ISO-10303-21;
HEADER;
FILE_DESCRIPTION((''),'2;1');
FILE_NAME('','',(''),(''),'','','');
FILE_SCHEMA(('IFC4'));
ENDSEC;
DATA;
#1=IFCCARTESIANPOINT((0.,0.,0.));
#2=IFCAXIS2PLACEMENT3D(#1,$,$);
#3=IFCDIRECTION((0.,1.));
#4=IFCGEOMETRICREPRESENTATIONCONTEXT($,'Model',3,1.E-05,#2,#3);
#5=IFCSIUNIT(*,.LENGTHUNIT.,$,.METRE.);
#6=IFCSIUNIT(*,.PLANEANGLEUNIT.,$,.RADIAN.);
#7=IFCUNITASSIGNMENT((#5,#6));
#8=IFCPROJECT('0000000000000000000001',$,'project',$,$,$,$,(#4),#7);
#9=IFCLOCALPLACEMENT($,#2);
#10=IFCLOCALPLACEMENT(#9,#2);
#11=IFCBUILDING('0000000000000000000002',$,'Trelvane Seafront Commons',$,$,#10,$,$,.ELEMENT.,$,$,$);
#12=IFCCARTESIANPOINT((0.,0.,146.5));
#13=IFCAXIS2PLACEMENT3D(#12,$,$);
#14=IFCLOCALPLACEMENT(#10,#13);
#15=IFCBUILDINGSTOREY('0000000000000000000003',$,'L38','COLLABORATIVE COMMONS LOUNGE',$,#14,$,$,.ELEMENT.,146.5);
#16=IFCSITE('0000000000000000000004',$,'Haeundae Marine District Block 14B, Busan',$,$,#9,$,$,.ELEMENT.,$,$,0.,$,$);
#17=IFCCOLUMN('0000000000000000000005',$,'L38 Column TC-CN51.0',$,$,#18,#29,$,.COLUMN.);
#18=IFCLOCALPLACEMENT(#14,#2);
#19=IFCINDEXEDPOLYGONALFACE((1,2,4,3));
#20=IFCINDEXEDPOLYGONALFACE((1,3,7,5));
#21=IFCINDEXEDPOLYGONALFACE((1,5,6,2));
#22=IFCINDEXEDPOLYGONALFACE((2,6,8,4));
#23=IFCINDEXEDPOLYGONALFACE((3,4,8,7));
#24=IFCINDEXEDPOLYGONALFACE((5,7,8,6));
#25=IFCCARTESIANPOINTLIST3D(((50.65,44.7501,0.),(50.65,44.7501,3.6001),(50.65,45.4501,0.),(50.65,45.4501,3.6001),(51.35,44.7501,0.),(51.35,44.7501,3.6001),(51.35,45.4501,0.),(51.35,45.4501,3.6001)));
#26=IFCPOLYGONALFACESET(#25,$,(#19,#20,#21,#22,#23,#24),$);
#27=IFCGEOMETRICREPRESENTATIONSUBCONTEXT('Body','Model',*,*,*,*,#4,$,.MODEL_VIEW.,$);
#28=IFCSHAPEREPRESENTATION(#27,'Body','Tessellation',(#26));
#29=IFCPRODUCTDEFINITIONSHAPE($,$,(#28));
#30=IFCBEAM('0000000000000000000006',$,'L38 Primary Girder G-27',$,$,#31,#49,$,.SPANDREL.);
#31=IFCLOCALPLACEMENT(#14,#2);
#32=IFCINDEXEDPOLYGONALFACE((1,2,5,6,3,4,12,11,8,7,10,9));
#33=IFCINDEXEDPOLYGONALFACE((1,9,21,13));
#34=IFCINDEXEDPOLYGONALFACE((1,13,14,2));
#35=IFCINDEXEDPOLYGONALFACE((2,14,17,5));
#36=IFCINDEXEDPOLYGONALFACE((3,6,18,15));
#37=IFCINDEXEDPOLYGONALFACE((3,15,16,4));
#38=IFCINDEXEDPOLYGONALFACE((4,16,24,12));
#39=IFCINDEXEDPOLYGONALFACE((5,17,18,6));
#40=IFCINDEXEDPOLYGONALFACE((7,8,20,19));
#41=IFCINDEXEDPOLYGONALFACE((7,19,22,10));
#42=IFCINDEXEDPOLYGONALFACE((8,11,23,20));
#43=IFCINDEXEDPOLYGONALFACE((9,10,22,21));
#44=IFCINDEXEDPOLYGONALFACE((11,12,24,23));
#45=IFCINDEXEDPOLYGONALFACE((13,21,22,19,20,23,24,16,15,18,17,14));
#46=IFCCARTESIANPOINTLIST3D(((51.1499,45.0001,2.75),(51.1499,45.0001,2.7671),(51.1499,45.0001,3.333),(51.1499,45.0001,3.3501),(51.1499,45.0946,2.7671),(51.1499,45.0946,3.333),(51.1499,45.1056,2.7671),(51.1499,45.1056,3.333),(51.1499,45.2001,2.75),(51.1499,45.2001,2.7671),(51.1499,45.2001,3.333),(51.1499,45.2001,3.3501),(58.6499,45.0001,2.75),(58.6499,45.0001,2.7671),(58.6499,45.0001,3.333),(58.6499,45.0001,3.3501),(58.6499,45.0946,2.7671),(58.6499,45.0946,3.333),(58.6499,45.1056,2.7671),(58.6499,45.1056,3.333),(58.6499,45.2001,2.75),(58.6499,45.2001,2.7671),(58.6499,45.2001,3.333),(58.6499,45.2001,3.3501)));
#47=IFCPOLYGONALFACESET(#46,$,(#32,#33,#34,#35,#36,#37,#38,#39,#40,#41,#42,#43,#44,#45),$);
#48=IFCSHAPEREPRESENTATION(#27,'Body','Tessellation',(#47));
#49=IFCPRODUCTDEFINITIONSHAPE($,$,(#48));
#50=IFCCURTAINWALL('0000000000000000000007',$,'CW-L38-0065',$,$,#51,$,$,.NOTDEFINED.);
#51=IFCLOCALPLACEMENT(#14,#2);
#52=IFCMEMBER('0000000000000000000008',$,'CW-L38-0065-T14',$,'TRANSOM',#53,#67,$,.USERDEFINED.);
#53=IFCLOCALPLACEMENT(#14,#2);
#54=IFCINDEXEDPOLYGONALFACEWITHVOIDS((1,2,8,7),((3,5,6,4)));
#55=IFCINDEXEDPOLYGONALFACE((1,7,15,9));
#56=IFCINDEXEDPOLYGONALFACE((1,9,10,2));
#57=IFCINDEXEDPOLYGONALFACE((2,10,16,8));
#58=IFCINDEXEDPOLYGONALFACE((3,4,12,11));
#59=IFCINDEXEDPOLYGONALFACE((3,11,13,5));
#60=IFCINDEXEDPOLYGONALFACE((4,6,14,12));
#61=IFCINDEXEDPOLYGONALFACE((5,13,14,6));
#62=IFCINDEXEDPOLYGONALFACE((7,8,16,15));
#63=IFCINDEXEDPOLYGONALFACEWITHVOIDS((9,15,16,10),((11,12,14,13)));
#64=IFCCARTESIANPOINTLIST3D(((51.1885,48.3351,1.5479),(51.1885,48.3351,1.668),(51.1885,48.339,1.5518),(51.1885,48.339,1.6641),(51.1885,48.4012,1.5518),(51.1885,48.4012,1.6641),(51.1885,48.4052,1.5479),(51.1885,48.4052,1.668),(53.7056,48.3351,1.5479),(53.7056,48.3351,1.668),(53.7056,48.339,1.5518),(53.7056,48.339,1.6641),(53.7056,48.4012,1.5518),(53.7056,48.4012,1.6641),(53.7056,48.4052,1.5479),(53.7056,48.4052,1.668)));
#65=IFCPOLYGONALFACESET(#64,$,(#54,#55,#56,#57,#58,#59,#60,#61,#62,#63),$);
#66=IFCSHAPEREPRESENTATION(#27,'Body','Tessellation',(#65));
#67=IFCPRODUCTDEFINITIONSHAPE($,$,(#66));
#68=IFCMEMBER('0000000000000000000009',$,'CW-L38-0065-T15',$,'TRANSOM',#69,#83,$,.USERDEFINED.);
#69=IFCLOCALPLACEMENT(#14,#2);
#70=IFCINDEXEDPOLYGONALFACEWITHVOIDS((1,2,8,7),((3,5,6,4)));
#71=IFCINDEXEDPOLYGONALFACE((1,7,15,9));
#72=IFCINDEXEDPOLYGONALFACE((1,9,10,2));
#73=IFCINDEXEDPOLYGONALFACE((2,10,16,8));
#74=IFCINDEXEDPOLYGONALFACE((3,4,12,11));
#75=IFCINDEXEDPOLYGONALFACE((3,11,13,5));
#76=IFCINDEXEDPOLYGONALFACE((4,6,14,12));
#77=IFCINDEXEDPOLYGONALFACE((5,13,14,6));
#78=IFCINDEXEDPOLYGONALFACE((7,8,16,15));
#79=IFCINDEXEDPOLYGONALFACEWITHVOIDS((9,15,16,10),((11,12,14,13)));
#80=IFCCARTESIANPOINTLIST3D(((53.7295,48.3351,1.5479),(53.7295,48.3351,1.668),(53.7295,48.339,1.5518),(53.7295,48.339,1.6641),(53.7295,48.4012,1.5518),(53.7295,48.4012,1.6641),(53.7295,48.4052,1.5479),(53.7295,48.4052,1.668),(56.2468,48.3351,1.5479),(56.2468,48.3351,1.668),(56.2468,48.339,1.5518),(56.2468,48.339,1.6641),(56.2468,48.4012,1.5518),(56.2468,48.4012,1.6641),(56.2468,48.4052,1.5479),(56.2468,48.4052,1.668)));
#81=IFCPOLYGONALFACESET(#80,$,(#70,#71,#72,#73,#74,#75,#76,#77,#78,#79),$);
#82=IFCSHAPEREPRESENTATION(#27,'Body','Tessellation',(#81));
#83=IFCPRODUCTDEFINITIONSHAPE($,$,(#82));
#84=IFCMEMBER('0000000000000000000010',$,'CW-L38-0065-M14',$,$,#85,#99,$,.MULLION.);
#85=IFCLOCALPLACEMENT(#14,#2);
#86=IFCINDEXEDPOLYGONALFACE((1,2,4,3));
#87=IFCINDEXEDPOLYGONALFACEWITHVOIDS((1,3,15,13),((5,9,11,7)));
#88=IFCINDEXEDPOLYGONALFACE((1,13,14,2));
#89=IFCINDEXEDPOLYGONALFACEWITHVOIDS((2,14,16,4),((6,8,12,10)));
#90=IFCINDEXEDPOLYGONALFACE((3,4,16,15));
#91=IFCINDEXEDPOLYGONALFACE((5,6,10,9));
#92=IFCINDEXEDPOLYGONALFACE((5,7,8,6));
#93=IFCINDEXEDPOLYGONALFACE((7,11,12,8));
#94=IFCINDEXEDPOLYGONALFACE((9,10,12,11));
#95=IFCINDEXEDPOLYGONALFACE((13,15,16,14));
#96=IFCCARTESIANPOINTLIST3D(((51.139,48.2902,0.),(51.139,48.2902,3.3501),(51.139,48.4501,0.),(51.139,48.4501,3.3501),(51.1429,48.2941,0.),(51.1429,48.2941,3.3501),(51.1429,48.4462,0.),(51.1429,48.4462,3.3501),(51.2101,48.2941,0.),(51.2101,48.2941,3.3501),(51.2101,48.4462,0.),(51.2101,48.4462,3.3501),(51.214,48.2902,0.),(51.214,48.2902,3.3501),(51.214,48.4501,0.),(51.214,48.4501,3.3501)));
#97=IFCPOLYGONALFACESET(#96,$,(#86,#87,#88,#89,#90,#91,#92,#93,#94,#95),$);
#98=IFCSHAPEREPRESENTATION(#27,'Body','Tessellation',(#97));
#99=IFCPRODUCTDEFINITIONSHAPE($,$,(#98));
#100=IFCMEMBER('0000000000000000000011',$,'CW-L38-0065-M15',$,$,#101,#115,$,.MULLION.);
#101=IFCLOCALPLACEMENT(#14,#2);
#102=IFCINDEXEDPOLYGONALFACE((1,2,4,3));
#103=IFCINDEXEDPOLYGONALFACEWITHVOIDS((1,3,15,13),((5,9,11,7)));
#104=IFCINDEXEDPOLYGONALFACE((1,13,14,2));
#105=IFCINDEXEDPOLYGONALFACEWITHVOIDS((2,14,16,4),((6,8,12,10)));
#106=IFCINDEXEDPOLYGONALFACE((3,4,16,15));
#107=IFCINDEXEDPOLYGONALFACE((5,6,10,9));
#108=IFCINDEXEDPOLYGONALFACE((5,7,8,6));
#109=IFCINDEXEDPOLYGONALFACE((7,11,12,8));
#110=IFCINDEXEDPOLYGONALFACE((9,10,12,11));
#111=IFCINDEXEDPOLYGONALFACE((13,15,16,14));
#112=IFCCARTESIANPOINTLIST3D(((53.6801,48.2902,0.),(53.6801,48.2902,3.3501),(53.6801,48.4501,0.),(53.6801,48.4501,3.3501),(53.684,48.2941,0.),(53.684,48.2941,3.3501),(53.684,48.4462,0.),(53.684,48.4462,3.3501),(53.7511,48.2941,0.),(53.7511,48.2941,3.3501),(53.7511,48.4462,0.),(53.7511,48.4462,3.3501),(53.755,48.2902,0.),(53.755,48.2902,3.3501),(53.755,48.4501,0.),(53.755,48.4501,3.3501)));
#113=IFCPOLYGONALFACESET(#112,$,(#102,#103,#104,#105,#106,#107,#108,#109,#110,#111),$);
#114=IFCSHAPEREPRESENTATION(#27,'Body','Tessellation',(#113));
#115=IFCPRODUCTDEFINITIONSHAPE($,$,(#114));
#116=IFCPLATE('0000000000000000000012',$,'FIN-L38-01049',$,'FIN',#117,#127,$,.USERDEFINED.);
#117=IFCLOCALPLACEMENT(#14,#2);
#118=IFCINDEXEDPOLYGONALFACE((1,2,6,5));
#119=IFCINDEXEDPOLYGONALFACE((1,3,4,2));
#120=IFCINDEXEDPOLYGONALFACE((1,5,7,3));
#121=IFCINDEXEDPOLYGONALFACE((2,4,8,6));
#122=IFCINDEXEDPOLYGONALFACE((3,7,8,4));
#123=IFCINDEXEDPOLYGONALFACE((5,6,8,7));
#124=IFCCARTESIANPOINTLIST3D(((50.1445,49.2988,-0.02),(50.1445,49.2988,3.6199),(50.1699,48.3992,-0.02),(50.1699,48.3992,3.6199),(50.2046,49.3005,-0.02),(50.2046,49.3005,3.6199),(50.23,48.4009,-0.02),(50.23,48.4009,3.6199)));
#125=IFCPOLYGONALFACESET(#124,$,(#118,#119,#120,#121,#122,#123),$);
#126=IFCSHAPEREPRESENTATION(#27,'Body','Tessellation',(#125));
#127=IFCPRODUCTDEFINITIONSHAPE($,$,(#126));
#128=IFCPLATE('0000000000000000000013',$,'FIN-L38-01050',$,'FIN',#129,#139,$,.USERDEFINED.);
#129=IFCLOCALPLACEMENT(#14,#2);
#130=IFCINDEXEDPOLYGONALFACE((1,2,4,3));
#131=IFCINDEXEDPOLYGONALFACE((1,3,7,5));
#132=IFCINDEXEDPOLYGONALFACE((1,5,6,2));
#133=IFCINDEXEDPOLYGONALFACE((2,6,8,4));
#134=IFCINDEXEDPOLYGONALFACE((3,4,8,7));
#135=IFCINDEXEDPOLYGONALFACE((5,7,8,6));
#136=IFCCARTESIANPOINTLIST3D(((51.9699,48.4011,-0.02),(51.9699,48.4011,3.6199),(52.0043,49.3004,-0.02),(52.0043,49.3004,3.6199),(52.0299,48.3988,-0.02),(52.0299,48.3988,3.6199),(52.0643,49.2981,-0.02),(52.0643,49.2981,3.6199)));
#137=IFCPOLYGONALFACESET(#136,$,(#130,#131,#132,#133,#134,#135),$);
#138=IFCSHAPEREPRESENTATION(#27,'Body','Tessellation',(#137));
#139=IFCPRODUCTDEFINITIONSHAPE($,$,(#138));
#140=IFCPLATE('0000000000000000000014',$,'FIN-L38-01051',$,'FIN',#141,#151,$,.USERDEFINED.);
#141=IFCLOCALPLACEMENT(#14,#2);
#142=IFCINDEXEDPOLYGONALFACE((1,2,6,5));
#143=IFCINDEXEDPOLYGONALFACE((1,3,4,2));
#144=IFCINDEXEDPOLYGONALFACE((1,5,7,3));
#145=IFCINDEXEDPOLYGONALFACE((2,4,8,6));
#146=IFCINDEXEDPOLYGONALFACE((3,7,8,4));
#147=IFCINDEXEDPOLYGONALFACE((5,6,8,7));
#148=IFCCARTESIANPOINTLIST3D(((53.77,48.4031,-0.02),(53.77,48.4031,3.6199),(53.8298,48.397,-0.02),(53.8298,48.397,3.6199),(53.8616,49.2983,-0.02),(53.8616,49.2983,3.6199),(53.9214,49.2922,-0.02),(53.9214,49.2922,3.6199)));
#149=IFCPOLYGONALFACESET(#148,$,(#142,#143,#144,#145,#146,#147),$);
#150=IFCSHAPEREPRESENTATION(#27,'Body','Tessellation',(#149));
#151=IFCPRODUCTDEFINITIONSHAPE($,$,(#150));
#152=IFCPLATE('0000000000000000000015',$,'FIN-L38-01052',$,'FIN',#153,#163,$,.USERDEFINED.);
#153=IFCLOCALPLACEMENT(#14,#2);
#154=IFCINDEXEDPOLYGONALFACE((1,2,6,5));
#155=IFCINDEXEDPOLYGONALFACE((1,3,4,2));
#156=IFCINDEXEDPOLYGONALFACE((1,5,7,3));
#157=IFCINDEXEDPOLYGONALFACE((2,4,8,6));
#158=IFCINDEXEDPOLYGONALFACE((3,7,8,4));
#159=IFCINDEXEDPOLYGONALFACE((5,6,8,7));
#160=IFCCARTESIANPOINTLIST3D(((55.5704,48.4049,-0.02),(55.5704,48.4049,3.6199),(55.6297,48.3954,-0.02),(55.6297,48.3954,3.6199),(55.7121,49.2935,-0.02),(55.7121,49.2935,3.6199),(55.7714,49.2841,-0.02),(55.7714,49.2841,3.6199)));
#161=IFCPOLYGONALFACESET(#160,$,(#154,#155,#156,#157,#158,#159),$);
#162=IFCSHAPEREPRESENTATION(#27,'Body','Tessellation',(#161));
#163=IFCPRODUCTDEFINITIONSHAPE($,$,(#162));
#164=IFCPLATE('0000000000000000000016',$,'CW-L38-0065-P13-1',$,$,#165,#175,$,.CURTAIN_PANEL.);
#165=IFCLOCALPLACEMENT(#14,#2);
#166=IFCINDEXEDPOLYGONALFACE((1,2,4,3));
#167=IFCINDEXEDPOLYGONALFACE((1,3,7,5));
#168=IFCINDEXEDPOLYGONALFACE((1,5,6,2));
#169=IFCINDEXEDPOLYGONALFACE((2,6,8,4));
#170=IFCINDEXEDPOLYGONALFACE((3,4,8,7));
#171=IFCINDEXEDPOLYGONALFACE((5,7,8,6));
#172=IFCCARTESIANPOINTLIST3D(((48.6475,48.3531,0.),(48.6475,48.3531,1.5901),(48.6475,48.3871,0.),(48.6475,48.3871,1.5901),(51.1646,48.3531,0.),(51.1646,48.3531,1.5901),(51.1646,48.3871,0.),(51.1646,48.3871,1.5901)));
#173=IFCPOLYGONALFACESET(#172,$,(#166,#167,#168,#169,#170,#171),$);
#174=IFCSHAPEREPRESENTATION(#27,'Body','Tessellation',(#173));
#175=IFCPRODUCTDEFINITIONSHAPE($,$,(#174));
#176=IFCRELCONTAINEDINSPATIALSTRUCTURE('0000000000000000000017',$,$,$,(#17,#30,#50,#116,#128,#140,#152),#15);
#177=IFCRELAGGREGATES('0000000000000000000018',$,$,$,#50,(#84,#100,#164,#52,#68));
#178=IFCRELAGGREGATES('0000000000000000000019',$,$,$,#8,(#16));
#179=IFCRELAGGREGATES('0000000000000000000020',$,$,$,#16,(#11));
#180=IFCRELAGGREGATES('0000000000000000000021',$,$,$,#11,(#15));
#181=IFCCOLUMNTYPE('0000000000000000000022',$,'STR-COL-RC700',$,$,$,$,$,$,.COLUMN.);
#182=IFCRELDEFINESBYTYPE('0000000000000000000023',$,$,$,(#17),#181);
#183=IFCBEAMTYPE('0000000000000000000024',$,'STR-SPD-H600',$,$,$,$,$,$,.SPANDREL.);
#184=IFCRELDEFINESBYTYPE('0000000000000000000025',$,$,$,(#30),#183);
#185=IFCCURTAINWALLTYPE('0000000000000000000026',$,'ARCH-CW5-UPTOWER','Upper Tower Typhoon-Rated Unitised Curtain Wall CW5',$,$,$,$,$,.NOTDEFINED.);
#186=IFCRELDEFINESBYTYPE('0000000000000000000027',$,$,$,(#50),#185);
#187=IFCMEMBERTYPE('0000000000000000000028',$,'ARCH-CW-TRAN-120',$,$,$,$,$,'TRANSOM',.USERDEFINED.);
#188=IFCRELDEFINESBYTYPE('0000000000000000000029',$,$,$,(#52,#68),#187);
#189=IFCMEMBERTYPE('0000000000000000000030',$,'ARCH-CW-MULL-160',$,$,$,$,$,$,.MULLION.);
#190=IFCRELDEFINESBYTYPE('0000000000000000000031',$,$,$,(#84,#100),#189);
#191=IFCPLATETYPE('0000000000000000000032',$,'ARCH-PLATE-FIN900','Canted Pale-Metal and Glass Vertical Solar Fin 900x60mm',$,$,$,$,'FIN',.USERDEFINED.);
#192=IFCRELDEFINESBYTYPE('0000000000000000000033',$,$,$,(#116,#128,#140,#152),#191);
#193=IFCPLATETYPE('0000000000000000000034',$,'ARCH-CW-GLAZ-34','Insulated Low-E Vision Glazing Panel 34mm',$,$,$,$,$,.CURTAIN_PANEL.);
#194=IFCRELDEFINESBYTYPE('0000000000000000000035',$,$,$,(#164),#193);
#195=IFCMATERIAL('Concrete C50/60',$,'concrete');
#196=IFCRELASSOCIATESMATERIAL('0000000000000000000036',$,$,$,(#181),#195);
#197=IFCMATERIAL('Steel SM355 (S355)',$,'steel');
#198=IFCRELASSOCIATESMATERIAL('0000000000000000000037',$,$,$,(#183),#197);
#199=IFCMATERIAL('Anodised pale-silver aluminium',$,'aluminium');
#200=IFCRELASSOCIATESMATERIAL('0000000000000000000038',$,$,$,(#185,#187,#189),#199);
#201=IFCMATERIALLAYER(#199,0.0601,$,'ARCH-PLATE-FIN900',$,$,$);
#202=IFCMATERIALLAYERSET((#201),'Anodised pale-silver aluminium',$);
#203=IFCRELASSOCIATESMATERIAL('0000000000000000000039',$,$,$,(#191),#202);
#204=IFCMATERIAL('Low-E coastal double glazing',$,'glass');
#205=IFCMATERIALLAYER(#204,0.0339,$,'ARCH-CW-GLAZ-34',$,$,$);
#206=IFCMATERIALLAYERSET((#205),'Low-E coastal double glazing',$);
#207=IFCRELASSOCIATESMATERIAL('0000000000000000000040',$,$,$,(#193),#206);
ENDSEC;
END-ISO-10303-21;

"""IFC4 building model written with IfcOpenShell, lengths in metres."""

from ifc_helpers import new_model, si_unit, direction, frame, origin, origin_2d, place, context, subcontext, project, spatial, rectangle, hollow_rectangle, i_section, extrude, source, transform, mapped, material, layer, layer_set, material_profile, profile_set, type_object, element, aggregate, save


model = new_model("IFC4")

# Units and contexts
model_context = context("Model", 3, precision=1e-05, world=origin(), true_north=direction((0.0, 1.0)))
body_context = subcontext(model_context, "Body", "Model", "MODEL_VIEW")
ifc_project = project(units=[si_unit("LENGTHUNIT", "METRE"), si_unit("PLANEANGLEUNIT", "RADIAN")], contexts=[model_context])

# Site, building, storey
site_placement = place(None, origin())
site = spatial("IfcSite", under=ifc_project, at=site_placement, Name="Haeundae Marine District Block 14B, Busan", CompositionType="ELEMENT", RefElevation=0.0)
building_placement = place(site_placement, origin())
building = spatial("IfcBuilding", under=site, at=building_placement, Name="Trelvane Seafront Commons", CompositionType="ELEMENT")
storey_placement = place(building_placement, frame((0.0, 0.0, 146.5)))
storey = spatial("IfcBuildingStorey", under=building, at=storey_placement, Name="L38", Description="COLLABORATIVE COMMONS LOUNGE", CompositionType="ELEMENT", Elevation=146.5)

# Column
ifc_material_1 = material(Name="Concrete C50/60", Category="concrete")
ifc_material_profile_1 = material_profile(ifc_material_1, rectangle(XDim=0.7, YDim=0.7, at=origin_2d()), Name="RC-700x700")
ifc_profile_set_1 = profile_set([ifc_material_profile_1], Name="Concrete C50/60")
column_type = type_object("IfcColumnType", Name="STR-COL-RC700", PredefinedType="COLUMN", material=ifc_profile_set_1)
shared_shape_1 = source(origin(), body_context, "Body", "SweptSolid", [
    extrude(rectangle(XDim=0.7, YDim=0.7, at=origin_2d()), origin(), (0.0, 0.0, 1.0), 3.6001),
])
column_placement = place(storey_placement, frame((51.0, 45.1001, 0.0), z_axis=(0.0, 0.0, 1.0), x_axis=(1.0, 0.0, 0.0)))
element("IfcColumn", 1, at=column_placement, inside=storey, type_object=column_type, Name="L38 Column TC-CN51.0", PredefinedType="COLUMN", context=body_context, shape_type="MappedRepresentation", body=[
    mapped(shared_shape_1, transform((0.0, 0.0, 0.0), x_axis=(1.0, 0.0, 0.0), y_axis=(0.0, 1.0, 0.0), z_axis=(0.0, 0.0, 1.0), scale=1.0)),
])

# Beam
ifc_material_2 = material(Name="Steel SM355 (S355)", Category="steel")
ifc_material_profile_2 = material_profile(ifc_material_2, i_section(OverallWidth=0.2, OverallDepth=0.6001, WebThickness=0.011, FlangeThickness=0.0171, at=origin_2d()), Name="H-600x200x11x17")
ifc_profile_set_2 = profile_set([ifc_material_profile_2], Name="Steel SM355 (S355)")
beam_type = type_object("IfcBeamType", Name="STR-SPD-H600", PredefinedType="SPANDREL", material=ifc_profile_set_2)
shared_shape_2 = source(origin(), body_context, "Body", "SweptSolid", [
    extrude(i_section(OverallWidth=0.2, OverallDepth=0.6001, WebThickness=0.011, FlangeThickness=0.0171, at=origin_2d()), origin(), (0.0, 0.0, 1.0), 7.5),
])
beam_placement = place(storey_placement, frame((51.1499, 45.1001, 3.05), z_axis=(1.0, 0.0, 0.0), x_axis=(0.0, 1.0, 0.0)))
element("IfcBeam", 2, at=beam_placement, inside=storey, type_object=beam_type, Name="L38 Primary Girder G-27", PredefinedType="SPANDREL", context=body_context, shape_type="MappedRepresentation", body=[
    mapped(shared_shape_2, transform((0.0, 0.0, 0.0), x_axis=(1.0, 0.0, 0.0), y_axis=(0.0, 1.0, 0.0), z_axis=(0.0, 0.0, 1.0), scale=1.0)),
])

# Curtain wall, members
ifc_material_3 = material(Name="Anodised pale-silver aluminium", Category="aluminium")
curtain_wall_type = type_object("IfcCurtainWallType", Name="ARCH-CW5-UPTOWER", Description="Upper Tower Typhoon-Rated Unitised Curtain Wall CW5", PredefinedType="NOTDEFINED", material=ifc_material_3)
curtain_wall_placement = place(storey_placement, origin())
curtain_wall = element("IfcCurtainWall", 3, at=curtain_wall_placement, inside=storey, type_object=curtain_wall_type, Name="CW-L38-0065", PredefinedType="NOTDEFINED")
ifc_material_profile_3 = material_profile(ifc_material_3, hollow_rectangle(XDim=0.0701, YDim=0.1201, WallThickness=0.0039, at=origin_2d()), Name="TRAN-70x120x4")
ifc_profile_set_3 = profile_set([ifc_material_profile_3], Name="Anodised pale-silver aluminium")
member_type_1 = type_object("IfcMemberType", Name="ARCH-CW-TRAN-120", ElementType="TRANSOM", PredefinedType="USERDEFINED", material=ifc_profile_set_3)
shared_shape_3 = source(origin(), body_context, "Body", "SweptSolid", [
    extrude(hollow_rectangle(XDim=0.0701, YDim=0.1201, WallThickness=0.0039, at=origin_2d()), origin(), (0.0, 0.0, 1.0), 2.5171),
])
member_1_placement = place(storey_placement, frame((51.1885, 48.3701, 1.6079), z_axis=(1.0, 0.0, 0.0), x_axis=(0.0, 1.0, 0.0)))
member_1 = element("IfcMember", 4, at=member_1_placement, type_object=member_type_1, Name="CW-L38-0065-T14", ObjectType="TRANSOM", PredefinedType="USERDEFINED", context=body_context, shape_type="MappedRepresentation", body=[
    mapped(shared_shape_3, transform((0.0, 0.0, 0.0), x_axis=(1.0, 0.0, 0.0), y_axis=(0.0, 1.0, 0.0), z_axis=(0.0, 0.0, 1.0), scale=1.0)),
])
shared_shape_4 = source(origin(), body_context, "Body", "SweptSolid", [
    extrude(hollow_rectangle(XDim=0.0701, YDim=0.1201, WallThickness=0.0039, at=origin_2d()), origin(), (0.0, 0.0, 1.0), 2.5173),
])
member_2_placement = place(storey_placement, frame((53.7295, 48.3701, 1.6079), z_axis=(1.0, 0.0, 0.0), x_axis=(0.0, 1.0, 0.0)))
member_2 = element("IfcMember", 5, at=member_2_placement, type_object=member_type_1, Name="CW-L38-0065-T15", ObjectType="TRANSOM", PredefinedType="USERDEFINED", context=body_context, shape_type="MappedRepresentation", body=[
    mapped(shared_shape_4, transform((0.0, 0.0, 0.0), x_axis=(1.0, 0.0, 0.0), y_axis=(0.0, 1.0, 0.0), z_axis=(0.0, 0.0, 1.0), scale=1.0)),
])
ifc_material_profile_4 = material_profile(ifc_material_3, hollow_rectangle(XDim=0.075, YDim=0.1599, WallThickness=0.0039, at=origin_2d()), Name="MULL-75x160x4")
ifc_profile_set_4 = profile_set([ifc_material_profile_4], Name="Anodised pale-silver aluminium")
member_type_2 = type_object("IfcMemberType", Name="ARCH-CW-MULL-160", PredefinedType="MULLION", material=ifc_profile_set_4)
shared_shape_5 = source(origin(), body_context, "Body", "SweptSolid", [
    extrude(hollow_rectangle(XDim=0.075, YDim=0.1599, WallThickness=0.0039, at=origin_2d()), origin(), (0.0, 0.0, 1.0), 3.3501),
])
member_3_placement = place(storey_placement, frame((51.1765, 48.3701, 0.0), z_axis=(0.0, 0.0, 1.0), x_axis=(1.0, 0.0, 0.0)))
member_3 = element("IfcMember", 6, at=member_3_placement, type_object=member_type_2, Name="CW-L38-0065-M14", PredefinedType="MULLION", context=body_context, shape_type="MappedRepresentation", body=[
    mapped(shared_shape_5, transform((0.0, 0.0, 0.0), x_axis=(1.0, 0.0, 0.0), y_axis=(0.0, 1.0, 0.0), z_axis=(0.0, 0.0, 1.0), scale=1.0)),
])
member_4_placement = place(storey_placement, frame((53.7175, 48.3701, 0.0), z_axis=(0.0, 0.0, 1.0), x_axis=(1.0, 0.0, 0.0)))
member_4 = element("IfcMember", 7, at=member_4_placement, type_object=member_type_2, Name="CW-L38-0065-M15", PredefinedType="MULLION", context=body_context, shape_type="MappedRepresentation", body=[
    mapped(shared_shape_5, transform((0.0, 0.0, 0.0), x_axis=(1.0, 0.0, 0.0), y_axis=(0.0, 1.0, 0.0), z_axis=(0.0, 0.0, 1.0), scale=1.0)),
])

# Plates
ifc_layer_1 = layer(ifc_material_3, 0.0601, Name="ARCH-PLATE-FIN900")
ifc_layer_set_1 = layer_set([ifc_layer_1], Name="Anodised pale-silver aluminium")
plate_type_1 = type_object("IfcPlateType", Name="ARCH-PLATE-FIN900", Description="Canted Pale-Metal and Glass Vertical Solar Fin 900x60mm", ElementType="FIN", PredefinedType="USERDEFINED", material=ifc_layer_set_1)
shared_shape_6 = source(origin(), body_context, "Body", "SweptSolid", [
    extrude(rectangle(XDim=0.8999, YDim=0.0601, at=origin_2d()), origin(), (0.0, 0.0, 1.0), 3.6399),
])
for number, where, z_axis, x_axis, name in (
    (8, (50.1873, 48.8499, -0.02), (0.0, 0.0, 1.0), (-0.028223, 0.999602, 0.0), "FIN-L38-01049"),
    (9, (52.0171, 48.8496, -0.02), (0.0, 0.0, 1.0), (0.038224, 0.999269, 0.0), "FIN-L38-01050"),
    (10, (53.8457, 48.8477, -0.02), (0.0, 0.0, 1.0), (0.10178, 0.994807, 0.0), "FIN-L38-01051"),
    (11, (55.6709, 48.8445, -0.02), (0.0, 0.0, 1.0), (0.157439, 0.987529, 0.0), "FIN-L38-01052"),
):
    element("IfcPlate", number, at=place(storey_placement, frame(where, z_axis=z_axis, x_axis=x_axis)), inside=storey, type_object=plate_type_1, Name=name, ObjectType="FIN", PredefinedType="USERDEFINED", context=body_context, shape_type="MappedRepresentation", body=[
        mapped(shared_shape_6, transform((0.0, 0.0, 0.0), x_axis=(1.0, 0.0, 0.0), y_axis=(0.0, 1.0, 0.0), z_axis=(0.0, 0.0, 1.0), scale=1.0)),
    ])

# Plate
ifc_material_4 = material(Name="Low-E coastal double glazing", Category="glass")
ifc_layer_2 = layer(ifc_material_4, 0.0339, Name="ARCH-CW-GLAZ-34")
ifc_layer_set_2 = layer_set([ifc_layer_2], Name="Low-E coastal double glazing")
plate_type_2 = type_object("IfcPlateType", Name="ARCH-CW-GLAZ-34", Description="Insulated Low-E Vision Glazing Panel 34mm", PredefinedType="CURTAIN_PANEL", material=ifc_layer_set_2)
shared_shape_7 = source(origin(), body_context, "Body", "SweptSolid", [
    extrude(rectangle(XDim=2.5171, YDim=0.0339, at=origin_2d()), origin(), (0.0, 0.0, 1.0), 1.5901),
])
plate_1_placement = place(storey_placement, frame((49.906, 48.3701, 0.0), z_axis=(0.0, 0.0, 1.0), x_axis=(1.0, 0.0, 0.0)))
plate_1 = element("IfcPlate", 12, at=plate_1_placement, type_object=plate_type_2, Name="CW-L38-0065-P13-1", PredefinedType="CURTAIN_PANEL", context=body_context, shape_type="MappedRepresentation", body=[
    mapped(shared_shape_7, transform((0.0, 0.0, 0.0), x_axis=(1.0, 0.0, 0.0), y_axis=(0.0, 1.0, 0.0), z_axis=(0.0, 0.0, 1.0), scale=1.0)),
])
aggregate(curtain_wall, [member_3, member_4, plate_1, member_1, member_2])

save(model, "model.ifc")
